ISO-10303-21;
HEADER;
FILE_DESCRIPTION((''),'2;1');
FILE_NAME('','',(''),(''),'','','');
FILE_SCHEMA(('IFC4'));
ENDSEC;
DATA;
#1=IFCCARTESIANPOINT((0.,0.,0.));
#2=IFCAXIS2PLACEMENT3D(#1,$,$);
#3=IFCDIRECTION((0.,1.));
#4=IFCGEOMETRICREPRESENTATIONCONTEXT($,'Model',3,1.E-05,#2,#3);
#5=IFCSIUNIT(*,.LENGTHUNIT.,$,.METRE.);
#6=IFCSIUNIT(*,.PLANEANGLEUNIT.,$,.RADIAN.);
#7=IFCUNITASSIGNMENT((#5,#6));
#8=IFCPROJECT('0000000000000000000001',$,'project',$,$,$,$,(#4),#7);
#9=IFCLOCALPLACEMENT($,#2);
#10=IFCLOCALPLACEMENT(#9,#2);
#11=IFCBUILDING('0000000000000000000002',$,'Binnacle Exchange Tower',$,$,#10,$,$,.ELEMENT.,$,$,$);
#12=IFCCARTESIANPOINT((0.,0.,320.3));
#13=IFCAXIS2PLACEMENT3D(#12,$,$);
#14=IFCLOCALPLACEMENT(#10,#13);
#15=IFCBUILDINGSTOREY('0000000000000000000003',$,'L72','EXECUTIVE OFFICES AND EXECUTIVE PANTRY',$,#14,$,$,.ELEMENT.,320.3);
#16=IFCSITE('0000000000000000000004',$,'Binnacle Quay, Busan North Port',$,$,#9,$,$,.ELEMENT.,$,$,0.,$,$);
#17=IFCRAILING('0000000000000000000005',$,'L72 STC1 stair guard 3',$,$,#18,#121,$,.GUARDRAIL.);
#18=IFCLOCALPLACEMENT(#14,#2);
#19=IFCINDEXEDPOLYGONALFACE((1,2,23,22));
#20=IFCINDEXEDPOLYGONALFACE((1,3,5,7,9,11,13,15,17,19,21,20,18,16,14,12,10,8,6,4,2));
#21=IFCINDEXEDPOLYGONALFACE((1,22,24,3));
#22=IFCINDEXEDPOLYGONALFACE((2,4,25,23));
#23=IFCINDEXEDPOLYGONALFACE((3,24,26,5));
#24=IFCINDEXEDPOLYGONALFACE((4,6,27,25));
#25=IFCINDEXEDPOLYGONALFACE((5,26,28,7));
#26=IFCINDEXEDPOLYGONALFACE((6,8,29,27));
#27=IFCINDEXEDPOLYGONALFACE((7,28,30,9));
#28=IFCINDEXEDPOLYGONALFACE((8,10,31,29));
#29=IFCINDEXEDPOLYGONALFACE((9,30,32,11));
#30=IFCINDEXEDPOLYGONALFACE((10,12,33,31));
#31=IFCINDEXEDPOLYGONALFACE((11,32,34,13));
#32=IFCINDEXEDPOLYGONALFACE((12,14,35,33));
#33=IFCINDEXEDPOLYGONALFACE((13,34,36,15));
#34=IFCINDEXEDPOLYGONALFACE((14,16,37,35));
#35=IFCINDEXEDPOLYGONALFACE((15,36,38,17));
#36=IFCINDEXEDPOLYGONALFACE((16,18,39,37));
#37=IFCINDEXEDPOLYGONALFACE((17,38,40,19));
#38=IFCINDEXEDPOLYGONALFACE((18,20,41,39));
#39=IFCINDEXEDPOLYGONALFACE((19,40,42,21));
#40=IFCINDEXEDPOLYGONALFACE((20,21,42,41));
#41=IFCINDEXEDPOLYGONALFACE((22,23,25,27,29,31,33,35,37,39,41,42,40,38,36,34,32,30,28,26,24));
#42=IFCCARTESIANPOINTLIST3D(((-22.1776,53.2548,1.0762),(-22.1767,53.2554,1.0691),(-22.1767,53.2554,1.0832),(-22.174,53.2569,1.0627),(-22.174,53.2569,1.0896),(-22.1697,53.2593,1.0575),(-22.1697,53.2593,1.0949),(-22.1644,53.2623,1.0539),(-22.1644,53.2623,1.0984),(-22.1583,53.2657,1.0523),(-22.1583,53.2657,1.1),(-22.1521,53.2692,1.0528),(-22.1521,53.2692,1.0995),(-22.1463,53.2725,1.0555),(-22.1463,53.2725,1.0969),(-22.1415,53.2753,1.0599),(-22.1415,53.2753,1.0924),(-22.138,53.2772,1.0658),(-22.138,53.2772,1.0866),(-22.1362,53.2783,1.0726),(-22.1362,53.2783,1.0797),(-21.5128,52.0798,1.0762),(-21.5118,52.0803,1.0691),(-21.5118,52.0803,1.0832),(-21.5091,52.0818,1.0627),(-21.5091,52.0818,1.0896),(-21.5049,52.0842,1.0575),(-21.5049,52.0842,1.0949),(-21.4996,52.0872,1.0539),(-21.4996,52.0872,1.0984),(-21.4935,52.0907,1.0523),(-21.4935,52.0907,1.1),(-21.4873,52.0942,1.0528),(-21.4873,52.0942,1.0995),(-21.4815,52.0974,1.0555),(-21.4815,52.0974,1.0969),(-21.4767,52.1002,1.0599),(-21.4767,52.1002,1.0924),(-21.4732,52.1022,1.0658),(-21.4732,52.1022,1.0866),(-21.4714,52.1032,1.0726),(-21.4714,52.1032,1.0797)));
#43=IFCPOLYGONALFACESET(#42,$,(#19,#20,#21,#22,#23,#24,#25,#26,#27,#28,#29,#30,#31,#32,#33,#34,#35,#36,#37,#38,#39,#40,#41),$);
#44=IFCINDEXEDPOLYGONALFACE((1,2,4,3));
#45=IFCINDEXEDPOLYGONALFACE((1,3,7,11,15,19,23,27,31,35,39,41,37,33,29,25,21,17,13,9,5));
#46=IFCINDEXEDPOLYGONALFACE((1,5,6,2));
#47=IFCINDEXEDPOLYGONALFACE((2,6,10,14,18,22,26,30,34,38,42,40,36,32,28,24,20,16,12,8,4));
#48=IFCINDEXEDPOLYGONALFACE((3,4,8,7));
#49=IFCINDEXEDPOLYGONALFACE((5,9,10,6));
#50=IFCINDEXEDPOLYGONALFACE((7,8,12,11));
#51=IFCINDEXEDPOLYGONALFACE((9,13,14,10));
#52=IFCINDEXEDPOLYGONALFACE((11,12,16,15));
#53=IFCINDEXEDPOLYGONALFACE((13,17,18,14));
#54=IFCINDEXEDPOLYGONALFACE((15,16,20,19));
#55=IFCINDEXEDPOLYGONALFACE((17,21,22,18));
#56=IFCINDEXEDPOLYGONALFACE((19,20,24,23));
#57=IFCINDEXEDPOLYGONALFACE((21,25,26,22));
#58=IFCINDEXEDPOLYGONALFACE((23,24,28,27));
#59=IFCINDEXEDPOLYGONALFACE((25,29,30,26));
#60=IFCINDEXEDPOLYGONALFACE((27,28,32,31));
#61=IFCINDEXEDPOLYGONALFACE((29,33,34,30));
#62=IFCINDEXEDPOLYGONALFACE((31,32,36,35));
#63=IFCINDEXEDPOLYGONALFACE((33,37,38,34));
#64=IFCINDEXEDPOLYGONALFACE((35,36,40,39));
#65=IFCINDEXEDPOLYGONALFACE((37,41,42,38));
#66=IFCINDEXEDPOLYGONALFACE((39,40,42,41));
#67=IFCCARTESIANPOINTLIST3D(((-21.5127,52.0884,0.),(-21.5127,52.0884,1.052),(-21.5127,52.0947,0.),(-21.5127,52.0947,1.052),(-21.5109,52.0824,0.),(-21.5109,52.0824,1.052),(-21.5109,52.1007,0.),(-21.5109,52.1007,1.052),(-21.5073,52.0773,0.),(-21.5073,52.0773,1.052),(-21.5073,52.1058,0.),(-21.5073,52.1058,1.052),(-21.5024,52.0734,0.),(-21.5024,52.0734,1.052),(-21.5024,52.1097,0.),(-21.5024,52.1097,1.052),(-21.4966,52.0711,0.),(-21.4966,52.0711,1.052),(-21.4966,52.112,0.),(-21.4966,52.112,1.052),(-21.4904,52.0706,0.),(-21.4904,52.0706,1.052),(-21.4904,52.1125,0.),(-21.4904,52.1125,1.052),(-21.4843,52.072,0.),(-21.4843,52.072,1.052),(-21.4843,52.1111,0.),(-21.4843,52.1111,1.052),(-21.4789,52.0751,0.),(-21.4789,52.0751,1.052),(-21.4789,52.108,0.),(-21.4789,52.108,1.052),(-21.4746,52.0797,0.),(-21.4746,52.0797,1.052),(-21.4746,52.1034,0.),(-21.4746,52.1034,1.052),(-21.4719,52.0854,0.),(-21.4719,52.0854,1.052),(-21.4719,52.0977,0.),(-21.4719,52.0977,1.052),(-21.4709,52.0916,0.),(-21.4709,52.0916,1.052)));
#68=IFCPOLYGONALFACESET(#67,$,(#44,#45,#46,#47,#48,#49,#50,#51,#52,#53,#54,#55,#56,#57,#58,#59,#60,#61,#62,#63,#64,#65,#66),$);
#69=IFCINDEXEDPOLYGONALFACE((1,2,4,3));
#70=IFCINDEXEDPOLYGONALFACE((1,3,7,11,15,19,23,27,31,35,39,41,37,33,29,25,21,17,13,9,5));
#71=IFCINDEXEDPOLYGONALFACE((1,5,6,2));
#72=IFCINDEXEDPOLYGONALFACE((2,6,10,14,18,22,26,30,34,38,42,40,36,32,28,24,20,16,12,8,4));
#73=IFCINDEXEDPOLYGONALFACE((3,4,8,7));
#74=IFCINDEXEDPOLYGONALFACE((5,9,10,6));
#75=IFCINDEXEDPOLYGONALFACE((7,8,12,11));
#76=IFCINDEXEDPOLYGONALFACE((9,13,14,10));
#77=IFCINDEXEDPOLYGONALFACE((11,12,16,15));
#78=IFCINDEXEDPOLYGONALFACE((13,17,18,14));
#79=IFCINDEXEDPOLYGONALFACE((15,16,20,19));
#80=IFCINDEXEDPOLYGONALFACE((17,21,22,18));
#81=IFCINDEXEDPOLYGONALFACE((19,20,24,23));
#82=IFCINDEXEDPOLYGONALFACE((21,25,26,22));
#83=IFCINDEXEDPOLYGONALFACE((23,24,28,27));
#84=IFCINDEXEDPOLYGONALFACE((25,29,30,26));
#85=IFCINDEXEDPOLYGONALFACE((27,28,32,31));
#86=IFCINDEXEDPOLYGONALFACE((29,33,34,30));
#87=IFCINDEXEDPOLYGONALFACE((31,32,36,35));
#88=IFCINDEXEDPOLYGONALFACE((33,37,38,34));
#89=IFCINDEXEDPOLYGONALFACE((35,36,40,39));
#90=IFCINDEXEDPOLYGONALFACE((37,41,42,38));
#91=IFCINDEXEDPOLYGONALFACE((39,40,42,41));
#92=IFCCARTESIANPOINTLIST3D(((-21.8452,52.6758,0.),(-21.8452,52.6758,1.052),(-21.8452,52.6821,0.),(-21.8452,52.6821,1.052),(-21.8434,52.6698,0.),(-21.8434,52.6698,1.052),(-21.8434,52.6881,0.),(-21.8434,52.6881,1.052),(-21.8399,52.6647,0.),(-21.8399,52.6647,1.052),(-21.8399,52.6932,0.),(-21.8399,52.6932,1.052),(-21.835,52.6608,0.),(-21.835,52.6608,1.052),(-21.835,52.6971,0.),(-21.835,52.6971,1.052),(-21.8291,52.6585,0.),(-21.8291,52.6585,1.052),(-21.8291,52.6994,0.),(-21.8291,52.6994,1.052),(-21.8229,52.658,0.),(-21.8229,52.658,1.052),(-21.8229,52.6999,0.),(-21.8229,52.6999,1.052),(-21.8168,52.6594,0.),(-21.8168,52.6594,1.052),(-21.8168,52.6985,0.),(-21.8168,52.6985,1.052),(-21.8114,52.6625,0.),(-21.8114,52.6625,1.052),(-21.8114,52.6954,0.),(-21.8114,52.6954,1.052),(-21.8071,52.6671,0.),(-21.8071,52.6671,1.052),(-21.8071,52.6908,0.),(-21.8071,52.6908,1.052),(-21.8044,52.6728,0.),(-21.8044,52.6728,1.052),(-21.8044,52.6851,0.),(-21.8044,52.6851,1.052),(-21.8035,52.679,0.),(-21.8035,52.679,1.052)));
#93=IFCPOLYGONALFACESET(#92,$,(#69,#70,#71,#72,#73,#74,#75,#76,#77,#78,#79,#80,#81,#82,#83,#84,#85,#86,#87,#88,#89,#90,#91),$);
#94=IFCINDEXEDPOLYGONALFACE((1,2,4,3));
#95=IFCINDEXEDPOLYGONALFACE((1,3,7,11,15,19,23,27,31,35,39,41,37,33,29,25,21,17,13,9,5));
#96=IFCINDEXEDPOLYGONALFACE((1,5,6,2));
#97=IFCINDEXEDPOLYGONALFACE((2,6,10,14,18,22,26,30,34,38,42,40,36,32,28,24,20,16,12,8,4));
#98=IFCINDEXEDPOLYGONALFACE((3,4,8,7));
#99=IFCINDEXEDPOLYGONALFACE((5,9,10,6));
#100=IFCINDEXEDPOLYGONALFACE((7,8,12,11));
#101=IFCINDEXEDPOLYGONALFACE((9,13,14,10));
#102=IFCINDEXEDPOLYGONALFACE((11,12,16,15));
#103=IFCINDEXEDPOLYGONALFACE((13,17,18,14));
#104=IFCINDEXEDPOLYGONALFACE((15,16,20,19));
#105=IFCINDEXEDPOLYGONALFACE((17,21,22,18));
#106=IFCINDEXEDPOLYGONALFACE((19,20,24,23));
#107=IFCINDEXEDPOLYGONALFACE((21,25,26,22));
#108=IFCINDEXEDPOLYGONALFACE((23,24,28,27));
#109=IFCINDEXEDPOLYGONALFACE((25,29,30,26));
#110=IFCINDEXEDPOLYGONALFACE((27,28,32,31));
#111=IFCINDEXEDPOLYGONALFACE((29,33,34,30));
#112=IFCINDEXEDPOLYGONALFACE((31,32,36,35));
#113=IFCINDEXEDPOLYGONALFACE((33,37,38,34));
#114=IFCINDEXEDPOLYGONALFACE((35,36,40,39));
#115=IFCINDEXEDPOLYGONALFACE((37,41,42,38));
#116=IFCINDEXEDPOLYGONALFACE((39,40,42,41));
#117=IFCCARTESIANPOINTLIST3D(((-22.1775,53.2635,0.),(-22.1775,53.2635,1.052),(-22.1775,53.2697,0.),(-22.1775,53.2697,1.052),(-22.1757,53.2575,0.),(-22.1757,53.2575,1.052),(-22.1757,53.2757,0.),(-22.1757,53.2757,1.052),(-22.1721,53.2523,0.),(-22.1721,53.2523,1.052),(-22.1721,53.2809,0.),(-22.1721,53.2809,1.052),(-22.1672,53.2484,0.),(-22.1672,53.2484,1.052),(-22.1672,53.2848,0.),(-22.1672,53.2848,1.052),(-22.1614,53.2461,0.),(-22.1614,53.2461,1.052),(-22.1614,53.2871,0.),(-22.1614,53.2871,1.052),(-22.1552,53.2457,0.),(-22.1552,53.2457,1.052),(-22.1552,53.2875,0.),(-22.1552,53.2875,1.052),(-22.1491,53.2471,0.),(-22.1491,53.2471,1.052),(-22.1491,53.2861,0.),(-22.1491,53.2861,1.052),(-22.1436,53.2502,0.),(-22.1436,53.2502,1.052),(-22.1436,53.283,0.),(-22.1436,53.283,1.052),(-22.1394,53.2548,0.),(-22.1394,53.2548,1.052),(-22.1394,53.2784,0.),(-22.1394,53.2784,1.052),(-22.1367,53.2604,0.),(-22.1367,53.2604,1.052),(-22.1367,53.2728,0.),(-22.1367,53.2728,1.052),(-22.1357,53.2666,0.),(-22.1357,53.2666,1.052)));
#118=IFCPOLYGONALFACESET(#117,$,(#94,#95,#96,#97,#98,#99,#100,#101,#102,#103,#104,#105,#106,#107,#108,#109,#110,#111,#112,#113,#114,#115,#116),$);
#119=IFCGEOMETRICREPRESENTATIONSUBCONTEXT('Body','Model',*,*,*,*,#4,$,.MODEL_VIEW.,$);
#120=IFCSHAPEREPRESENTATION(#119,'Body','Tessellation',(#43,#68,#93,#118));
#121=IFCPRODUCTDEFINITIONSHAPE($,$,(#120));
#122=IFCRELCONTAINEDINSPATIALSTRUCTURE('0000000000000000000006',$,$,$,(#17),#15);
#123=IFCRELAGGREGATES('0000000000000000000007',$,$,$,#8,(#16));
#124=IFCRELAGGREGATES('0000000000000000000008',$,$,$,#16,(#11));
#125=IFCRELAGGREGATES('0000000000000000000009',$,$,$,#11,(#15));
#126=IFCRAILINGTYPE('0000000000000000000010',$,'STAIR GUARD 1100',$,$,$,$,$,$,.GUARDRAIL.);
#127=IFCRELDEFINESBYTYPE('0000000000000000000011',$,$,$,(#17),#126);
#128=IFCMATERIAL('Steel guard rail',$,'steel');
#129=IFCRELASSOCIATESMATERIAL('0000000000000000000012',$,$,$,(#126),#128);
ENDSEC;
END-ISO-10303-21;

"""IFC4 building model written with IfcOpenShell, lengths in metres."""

from ifc_helpers import new_model, si_unit, direction, frame, origin, origin_2d, place, context, subcontext, project, spatial, circle, extrude, material, type_object, element, save


model = new_model("IFC4")

# Units and contexts
model_context = context("Model", 3, precision=1e-05, world=origin(), true_north=direction((0.0, 1.0)))
body_context = subcontext(model_context, "Body", "Model", "MODEL_VIEW")
ifc_project = project(units=[si_unit("LENGTHUNIT", "METRE"), si_unit("PLANEANGLEUNIT", "RADIAN")], contexts=[model_context])

# Site, building, storey
site_placement = place(None, origin())
site = spatial("IfcSite", under=ifc_project, at=site_placement, Name="Binnacle Quay, Busan North Port", CompositionType="ELEMENT", RefElevation=0.0)
building_placement = place(site_placement, origin())
building = spatial("IfcBuilding", under=site, at=building_placement, Name="Binnacle Exchange Tower", CompositionType="ELEMENT")
storey_placement = place(building_placement, frame((0.0, 0.0, 320.3)))
storey = spatial("IfcBuildingStorey", under=building, at=storey_placement, Name="L72", Description="EXECUTIVE OFFICES AND EXECUTIVE PANTRY", CompositionType="ELEMENT", Elevation=320.3)

# Railing
ifc_material_1 = material(Name="Steel guard rail", Category="steel")
railing_type_1 = type_object("IfcRailingType", Name="STAIR GUARD 1100", PredefinedType="GUARDRAIL", material=ifc_material_1)
railing_1_placement = place(storey_placement, frame((-21.4919, 52.0916, 0.0)))
element("IfcRailing", 1, at=railing_1_placement, inside=storey, type_object=railing_type_1, Name="L72 STC1 stair guard 3", PredefinedType="GUARDRAIL", context=body_context, shape_type="SweptSolid", body=[
    extrude(circle(Radius=0.0239, at=origin_2d()), frame((0.0, 0.0, 1.0762), z_axis=(-0.492415, 0.870361, 0.0), x_axis=(-0.870361, -0.492415, 0.0)), (0.0, 0.0, 1.0), 1.3501),
    extrude(circle(Radius=0.021, at=origin_2d()), origin(), (0.0, 0.0, 1.0), 1.052),
    extrude(circle(Radius=0.021, at=origin_2d()), frame((-0.3325, 0.5874, 0.0)), (0.0, 0.0, 1.0), 1.052),
    extrude(circle(Radius=0.021, at=origin_2d()), frame((-0.6648, 1.175, 0.0)), (0.0, 0.0, 1.0), 1.052),
])

save(model, "model.ifc")
